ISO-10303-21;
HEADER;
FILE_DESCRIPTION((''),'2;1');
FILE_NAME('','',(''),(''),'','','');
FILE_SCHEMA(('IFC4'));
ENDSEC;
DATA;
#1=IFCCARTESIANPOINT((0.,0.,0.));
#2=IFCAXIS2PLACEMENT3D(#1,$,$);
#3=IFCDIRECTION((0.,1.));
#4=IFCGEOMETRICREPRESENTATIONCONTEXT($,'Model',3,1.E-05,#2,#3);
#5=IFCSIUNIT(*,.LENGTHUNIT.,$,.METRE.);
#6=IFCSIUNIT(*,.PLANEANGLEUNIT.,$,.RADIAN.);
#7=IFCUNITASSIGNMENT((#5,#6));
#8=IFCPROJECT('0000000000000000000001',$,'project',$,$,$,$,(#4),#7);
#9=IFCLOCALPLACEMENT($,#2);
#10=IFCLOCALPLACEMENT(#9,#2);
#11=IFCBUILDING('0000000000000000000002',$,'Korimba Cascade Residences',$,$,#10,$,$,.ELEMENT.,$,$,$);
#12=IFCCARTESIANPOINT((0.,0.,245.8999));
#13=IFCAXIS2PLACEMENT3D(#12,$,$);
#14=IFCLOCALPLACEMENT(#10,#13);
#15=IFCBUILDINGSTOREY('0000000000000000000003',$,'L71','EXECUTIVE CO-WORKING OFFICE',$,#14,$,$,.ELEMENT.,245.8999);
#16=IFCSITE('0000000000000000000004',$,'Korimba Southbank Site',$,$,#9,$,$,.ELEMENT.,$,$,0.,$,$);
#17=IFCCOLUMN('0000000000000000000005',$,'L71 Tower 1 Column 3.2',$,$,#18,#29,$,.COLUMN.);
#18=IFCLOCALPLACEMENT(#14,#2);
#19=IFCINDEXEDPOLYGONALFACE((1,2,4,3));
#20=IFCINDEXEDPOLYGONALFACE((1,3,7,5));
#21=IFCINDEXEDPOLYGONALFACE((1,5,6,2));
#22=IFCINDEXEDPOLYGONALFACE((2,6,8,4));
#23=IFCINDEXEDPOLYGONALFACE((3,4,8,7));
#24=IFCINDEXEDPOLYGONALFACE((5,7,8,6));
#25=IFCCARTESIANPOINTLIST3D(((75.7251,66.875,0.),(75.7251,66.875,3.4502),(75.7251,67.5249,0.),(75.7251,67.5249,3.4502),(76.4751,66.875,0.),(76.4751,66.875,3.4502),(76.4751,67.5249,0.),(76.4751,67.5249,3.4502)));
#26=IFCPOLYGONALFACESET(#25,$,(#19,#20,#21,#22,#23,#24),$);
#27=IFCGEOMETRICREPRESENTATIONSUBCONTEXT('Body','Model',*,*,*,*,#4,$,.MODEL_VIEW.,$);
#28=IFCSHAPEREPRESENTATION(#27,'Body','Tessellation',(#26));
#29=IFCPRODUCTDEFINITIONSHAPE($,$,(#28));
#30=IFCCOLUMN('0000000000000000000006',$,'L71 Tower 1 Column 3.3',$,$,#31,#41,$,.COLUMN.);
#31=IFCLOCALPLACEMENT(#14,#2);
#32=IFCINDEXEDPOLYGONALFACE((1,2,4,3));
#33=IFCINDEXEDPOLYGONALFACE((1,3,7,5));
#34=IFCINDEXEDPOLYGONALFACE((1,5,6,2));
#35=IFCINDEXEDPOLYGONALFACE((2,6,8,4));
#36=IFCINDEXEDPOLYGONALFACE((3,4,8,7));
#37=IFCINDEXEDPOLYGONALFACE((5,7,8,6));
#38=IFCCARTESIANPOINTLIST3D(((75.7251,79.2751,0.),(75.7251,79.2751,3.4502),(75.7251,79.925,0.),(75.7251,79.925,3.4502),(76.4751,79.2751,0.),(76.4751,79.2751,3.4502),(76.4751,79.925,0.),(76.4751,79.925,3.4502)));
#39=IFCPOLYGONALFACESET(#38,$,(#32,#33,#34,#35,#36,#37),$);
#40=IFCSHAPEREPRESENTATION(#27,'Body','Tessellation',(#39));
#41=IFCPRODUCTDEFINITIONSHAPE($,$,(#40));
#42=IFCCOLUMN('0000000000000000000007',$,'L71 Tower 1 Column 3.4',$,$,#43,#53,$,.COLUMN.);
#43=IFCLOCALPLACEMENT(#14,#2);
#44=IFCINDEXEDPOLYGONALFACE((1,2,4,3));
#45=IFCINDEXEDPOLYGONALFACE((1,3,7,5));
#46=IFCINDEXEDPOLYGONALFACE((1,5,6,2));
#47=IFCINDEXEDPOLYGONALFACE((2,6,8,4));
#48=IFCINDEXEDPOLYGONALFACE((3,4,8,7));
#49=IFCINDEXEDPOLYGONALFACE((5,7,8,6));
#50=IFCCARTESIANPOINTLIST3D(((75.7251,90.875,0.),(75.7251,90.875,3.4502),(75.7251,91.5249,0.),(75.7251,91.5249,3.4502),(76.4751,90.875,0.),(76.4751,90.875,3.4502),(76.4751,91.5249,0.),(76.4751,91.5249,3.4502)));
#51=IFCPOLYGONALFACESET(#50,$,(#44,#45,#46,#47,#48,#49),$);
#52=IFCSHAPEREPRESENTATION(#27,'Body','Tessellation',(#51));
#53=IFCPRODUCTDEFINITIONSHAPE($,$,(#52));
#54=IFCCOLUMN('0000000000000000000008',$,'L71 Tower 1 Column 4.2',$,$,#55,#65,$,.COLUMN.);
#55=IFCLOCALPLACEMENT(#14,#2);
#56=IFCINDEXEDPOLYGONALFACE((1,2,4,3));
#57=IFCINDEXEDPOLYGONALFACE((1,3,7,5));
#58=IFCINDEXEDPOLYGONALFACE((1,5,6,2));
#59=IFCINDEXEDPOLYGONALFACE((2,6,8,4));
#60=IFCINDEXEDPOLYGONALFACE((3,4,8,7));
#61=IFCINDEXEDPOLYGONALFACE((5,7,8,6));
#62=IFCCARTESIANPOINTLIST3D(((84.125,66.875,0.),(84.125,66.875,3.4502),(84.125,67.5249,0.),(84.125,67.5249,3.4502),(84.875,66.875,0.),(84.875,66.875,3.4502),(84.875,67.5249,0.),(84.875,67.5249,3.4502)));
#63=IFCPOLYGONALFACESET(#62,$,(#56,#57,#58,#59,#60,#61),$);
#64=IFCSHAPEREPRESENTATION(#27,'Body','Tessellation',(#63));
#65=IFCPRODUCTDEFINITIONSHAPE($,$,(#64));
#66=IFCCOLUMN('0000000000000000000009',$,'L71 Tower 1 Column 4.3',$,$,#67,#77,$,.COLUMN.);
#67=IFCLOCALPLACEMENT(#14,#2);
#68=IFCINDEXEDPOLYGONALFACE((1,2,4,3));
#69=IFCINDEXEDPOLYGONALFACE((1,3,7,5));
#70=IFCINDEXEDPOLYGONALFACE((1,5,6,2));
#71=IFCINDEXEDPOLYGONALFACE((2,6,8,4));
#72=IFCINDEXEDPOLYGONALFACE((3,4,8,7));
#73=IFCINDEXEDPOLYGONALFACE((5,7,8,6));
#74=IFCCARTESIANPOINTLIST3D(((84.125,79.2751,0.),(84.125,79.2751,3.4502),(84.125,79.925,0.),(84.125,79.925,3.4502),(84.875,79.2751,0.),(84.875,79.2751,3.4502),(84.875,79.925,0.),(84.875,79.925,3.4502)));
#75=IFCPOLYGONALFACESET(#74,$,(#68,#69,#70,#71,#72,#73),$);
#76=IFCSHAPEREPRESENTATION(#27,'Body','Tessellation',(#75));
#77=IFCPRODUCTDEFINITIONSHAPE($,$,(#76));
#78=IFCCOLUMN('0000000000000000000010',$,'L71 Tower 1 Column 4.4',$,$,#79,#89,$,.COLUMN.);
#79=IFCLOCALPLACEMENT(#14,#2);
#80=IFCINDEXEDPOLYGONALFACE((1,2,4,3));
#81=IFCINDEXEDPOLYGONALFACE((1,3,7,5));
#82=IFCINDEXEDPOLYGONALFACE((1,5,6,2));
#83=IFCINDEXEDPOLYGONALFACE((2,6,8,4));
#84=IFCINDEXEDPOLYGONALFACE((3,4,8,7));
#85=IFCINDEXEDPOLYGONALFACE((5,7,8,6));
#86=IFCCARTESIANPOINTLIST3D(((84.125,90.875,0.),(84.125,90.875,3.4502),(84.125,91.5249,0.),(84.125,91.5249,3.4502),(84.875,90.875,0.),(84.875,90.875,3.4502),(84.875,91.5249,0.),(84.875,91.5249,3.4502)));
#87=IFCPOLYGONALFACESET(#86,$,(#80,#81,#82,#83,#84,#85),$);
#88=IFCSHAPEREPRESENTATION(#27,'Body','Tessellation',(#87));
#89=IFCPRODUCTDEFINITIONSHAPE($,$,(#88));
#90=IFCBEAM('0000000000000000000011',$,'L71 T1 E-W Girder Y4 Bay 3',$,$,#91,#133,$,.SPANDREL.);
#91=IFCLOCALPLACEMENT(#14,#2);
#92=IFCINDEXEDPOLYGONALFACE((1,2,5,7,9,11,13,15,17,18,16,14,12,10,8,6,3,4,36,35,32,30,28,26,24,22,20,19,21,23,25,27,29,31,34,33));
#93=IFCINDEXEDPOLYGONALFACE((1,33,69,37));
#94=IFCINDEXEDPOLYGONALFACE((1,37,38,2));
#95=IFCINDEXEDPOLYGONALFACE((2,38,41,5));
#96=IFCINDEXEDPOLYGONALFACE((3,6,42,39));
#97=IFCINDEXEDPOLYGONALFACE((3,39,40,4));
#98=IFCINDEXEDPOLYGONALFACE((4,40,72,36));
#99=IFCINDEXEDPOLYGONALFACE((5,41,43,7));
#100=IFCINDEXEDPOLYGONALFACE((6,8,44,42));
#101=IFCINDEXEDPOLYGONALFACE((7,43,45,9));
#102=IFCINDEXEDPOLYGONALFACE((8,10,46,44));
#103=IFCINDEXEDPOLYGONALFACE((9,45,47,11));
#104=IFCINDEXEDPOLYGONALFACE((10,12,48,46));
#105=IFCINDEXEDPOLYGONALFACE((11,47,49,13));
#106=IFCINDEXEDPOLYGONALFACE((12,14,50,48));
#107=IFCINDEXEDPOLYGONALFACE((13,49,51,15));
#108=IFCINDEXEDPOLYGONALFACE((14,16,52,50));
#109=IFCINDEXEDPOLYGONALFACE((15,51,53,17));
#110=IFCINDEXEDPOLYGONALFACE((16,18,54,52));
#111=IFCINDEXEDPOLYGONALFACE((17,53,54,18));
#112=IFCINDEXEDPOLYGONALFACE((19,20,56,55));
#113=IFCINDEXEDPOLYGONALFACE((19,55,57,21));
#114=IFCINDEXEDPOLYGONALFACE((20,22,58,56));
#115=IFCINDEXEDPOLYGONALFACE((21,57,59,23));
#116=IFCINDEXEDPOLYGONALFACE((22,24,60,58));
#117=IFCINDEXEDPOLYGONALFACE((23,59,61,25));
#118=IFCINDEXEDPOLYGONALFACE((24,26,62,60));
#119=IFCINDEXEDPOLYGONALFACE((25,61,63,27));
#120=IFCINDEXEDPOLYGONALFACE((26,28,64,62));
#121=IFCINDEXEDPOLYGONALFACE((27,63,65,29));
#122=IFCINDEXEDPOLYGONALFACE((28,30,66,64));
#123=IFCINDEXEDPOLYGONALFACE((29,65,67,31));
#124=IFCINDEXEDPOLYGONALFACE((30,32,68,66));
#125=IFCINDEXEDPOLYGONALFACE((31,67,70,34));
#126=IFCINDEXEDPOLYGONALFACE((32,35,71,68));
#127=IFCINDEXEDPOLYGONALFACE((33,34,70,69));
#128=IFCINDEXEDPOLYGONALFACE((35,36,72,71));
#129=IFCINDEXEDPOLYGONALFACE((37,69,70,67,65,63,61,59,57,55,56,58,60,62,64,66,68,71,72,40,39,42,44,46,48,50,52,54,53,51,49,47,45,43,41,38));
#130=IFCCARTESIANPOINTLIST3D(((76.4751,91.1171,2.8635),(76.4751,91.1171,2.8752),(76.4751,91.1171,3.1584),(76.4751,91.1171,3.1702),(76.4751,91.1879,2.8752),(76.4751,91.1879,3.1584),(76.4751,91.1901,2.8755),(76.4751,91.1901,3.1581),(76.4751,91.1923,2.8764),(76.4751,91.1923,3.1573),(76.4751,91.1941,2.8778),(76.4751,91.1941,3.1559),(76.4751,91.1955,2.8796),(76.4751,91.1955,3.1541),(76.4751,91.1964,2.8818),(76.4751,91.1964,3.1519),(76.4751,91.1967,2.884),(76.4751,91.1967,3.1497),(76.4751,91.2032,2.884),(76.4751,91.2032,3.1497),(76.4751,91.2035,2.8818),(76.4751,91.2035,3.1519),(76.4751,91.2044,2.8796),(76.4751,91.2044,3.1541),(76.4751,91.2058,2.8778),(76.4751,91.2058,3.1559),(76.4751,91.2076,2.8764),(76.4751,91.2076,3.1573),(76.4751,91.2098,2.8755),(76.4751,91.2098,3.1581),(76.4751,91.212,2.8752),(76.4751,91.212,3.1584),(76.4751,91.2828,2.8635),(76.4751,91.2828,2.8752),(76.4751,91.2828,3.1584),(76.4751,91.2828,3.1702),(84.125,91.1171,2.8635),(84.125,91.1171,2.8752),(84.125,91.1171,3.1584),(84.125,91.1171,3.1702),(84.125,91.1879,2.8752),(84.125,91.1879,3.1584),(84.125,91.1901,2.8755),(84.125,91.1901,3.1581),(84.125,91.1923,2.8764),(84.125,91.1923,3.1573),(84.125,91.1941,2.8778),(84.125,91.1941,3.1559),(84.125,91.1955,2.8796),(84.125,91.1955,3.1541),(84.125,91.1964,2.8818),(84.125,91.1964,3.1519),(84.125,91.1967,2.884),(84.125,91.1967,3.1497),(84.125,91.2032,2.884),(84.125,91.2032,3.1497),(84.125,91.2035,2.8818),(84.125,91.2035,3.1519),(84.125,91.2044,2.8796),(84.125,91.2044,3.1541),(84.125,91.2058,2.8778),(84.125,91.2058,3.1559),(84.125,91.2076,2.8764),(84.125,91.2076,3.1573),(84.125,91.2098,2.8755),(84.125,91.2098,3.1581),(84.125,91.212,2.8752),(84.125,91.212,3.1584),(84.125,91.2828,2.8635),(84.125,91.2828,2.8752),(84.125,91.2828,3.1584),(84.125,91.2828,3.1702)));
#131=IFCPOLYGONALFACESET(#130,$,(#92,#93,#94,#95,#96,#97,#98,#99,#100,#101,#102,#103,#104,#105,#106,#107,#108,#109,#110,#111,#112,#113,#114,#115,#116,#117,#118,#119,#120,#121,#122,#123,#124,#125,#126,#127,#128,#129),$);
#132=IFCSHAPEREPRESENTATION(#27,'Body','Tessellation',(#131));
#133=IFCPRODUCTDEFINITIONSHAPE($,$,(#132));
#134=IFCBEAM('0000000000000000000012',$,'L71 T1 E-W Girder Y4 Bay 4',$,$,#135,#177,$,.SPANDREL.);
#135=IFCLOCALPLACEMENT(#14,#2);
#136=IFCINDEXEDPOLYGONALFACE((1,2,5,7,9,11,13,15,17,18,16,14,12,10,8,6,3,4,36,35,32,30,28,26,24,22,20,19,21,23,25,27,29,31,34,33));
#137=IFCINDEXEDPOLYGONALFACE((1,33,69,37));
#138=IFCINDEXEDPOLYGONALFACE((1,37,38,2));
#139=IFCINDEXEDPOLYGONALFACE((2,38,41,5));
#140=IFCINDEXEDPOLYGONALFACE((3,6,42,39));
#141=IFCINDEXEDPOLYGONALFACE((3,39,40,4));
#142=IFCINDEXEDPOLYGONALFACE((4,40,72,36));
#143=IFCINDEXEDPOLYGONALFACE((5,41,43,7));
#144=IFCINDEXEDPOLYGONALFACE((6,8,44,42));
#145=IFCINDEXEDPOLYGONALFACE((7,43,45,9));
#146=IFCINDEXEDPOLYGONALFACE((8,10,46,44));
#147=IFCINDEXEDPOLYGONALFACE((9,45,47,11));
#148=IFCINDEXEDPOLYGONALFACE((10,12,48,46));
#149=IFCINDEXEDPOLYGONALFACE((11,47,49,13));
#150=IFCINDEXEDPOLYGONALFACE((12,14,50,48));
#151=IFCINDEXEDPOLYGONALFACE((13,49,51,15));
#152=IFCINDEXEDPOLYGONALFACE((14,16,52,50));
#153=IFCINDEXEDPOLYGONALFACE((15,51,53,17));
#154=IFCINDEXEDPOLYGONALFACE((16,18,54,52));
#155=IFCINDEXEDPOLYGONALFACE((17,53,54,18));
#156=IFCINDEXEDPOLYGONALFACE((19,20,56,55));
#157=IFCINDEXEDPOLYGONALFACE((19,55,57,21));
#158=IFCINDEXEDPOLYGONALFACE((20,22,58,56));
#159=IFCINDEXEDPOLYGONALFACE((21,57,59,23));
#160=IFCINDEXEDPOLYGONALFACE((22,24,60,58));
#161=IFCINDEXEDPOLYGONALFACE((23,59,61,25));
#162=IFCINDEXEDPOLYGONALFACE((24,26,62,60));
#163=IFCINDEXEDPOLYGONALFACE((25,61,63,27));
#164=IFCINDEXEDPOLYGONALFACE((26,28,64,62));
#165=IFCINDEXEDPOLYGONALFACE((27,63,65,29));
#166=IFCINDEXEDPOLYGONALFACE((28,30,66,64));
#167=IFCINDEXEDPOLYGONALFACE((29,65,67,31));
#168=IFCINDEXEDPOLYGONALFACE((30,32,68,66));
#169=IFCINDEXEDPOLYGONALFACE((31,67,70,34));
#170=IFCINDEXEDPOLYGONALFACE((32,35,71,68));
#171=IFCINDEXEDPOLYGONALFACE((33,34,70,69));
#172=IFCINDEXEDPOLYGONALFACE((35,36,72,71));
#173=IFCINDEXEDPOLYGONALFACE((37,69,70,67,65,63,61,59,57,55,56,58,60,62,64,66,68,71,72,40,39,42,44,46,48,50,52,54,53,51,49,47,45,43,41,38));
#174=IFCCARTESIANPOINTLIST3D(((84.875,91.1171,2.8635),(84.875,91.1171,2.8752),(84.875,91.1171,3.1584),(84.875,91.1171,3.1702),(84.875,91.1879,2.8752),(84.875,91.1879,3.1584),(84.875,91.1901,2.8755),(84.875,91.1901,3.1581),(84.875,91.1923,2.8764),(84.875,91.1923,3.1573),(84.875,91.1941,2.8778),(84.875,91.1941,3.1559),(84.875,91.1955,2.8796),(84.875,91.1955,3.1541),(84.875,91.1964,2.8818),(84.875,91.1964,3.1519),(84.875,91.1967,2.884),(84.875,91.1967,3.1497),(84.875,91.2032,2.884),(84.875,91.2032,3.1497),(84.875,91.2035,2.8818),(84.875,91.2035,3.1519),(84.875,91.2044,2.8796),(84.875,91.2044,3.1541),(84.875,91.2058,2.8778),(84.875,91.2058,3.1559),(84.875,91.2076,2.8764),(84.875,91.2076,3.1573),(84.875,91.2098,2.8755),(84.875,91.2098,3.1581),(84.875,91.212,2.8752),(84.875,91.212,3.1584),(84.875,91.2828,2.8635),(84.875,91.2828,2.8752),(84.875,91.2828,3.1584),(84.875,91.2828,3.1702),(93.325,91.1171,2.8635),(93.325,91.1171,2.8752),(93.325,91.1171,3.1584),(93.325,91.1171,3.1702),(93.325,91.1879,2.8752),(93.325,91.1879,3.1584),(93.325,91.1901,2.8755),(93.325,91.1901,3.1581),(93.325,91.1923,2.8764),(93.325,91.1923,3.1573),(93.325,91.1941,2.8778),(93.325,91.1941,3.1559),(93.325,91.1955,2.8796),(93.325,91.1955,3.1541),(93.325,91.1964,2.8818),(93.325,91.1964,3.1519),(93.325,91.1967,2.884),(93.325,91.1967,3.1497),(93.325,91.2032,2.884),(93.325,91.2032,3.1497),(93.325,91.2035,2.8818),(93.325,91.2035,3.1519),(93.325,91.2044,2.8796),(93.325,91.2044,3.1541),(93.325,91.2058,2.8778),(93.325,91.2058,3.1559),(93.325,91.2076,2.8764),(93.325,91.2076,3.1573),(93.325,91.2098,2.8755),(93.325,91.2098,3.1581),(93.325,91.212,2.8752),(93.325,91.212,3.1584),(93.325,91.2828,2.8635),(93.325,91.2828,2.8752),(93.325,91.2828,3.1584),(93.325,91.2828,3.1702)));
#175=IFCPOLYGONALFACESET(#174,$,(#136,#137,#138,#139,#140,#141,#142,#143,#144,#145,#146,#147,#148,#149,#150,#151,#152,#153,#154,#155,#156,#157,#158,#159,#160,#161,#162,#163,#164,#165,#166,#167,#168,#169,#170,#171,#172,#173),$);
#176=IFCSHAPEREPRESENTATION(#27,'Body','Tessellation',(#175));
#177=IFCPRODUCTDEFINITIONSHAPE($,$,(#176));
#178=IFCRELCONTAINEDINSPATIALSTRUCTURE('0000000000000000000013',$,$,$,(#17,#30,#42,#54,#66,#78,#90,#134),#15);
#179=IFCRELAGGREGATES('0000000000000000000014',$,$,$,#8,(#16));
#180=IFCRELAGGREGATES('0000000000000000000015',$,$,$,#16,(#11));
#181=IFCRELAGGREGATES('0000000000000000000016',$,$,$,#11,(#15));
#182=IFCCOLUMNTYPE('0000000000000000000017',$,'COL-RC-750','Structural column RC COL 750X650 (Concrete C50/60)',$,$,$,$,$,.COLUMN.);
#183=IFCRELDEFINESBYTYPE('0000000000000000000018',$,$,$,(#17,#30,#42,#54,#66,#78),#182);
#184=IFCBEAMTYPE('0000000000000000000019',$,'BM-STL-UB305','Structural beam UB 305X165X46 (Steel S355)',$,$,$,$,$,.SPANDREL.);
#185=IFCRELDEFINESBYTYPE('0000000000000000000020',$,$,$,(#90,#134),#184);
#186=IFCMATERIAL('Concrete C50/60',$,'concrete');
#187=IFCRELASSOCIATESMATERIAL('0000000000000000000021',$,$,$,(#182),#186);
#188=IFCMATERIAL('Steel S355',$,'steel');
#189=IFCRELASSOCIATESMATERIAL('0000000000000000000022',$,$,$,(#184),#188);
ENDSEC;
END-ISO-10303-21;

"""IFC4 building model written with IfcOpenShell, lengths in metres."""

from ifc_helpers import new_model, si_unit, direction, frame, origin, origin_2d, place, context, subcontext, project, spatial, rectangle, i_section, extrude, material, material_profile, profile_set, type_object, element, save


model = new_model("IFC4")

# Units and contexts
model_context = context("Model", 3, precision=1e-05, world=origin(), true_north=direction((0.0, 1.0)))
body_context = subcontext(model_context, "Body", "Model", "MODEL_VIEW")
ifc_project = project(units=[si_unit("LENGTHUNIT", "METRE"), si_unit("PLANEANGLEUNIT", "RADIAN")], contexts=[model_context])

# Site, building, storey
site_placement = place(None, origin())
site = spatial("IfcSite", under=ifc_project, at=site_placement, Name="Korimba Southbank Site", CompositionType="ELEMENT", RefElevation=0.0)
building_placement = place(site_placement, origin())
building = spatial("IfcBuilding", under=site, at=building_placement, Name="Korimba Cascade Residences", CompositionType="ELEMENT")
storey_placement = place(building_placement, frame((0.0, 0.0, 245.8999)))
storey = spatial("IfcBuildingStorey", under=building, at=storey_placement, Name="L71", Description="EXECUTIVE CO-WORKING OFFICE", CompositionType="ELEMENT", Elevation=245.8999)

# Columns
ifc_material_1 = material(Name="Concrete C50/60", Category="concrete")
ifc_material_profile_1 = material_profile(ifc_material_1, rectangle(XDim=0.75, YDim=0.6499, at=origin_2d()), Name="Concrete C50/60")
ifc_profile_set_1 = profile_set([ifc_material_profile_1], Name="Concrete C50/60")
column_type = type_object("IfcColumnType", Name="COL-RC-750", Description="Structural column RC COL 750X650 (Concrete C50/60)", PredefinedType="COLUMN", material=ifc_profile_set_1)
for number, where, z_axis, x_axis, name in (
    (1, (76.1001, 67.2, 0.0), (0.0, 0.0, 1.0), (1.0, 0.0, 0.0), "L71 Tower 1 Column 3.2"),
    (2, (76.1001, 79.6001, 0.0), (0.0, 0.0, 1.0), (1.0, 0.0, 0.0), "L71 Tower 1 Column 3.3"),
    (3, (76.1001, 91.2, 0.0), (0.0, 0.0, 1.0), (1.0, 0.0, 0.0), "L71 Tower 1 Column 3.4"),
    (4, (84.5, 67.2, 0.0), (0.0, 0.0, 1.0), (1.0, 0.0, 0.0), "L71 Tower 1 Column 4.2"),
    (5, (84.5, 79.6001, 0.0), (0.0, 0.0, 1.0), (1.0, 0.0, 0.0), "L71 Tower 1 Column 4.3"),
    (6, (84.5, 91.2, 0.0), (0.0, 0.0, 1.0), (1.0, 0.0, 0.0), "L71 Tower 1 Column 4.4"),
):
    element("IfcColumn", number, at=place(storey_placement, frame(where, z_axis=z_axis, x_axis=x_axis)), inside=storey, type_object=column_type, Name=name, PredefinedType="COLUMN", context=body_context, shape_type="SweptSolid", body=[
        extrude(rectangle(XDim=0.75, YDim=0.6499, at=origin_2d()), origin(), (0.0, 0.0, 1.0), 3.4502),
    ])

# Beams
ifc_material_2 = material(Name="Steel S355", Category="steel")
ifc_material_profile_2 = material_profile(ifc_material_2, i_section(OverallWidth=0.1658, OverallDepth=0.3066, WebThickness=0.0066, FlangeThickness=0.0117, FilletRadius=0.0088, at=origin_2d()), Name="Steel S355")
ifc_profile_set_2 = profile_set([ifc_material_profile_2], Name="Steel S355")
beam_type_1 = type_object("IfcBeamType", Name="BM-STL-UB305", Description="Structural beam UB 305X165X46 (Steel S355)", PredefinedType="SPANDREL", material=ifc_profile_set_2)
beam_1_placement = place(storey_placement, frame((76.4751, 91.2, 3.0168), z_axis=(1.0, 0.0, 0.0), x_axis=(0.0, 1.0, 0.0)))
element("IfcBeam", 7, at=beam_1_placement, inside=storey, type_object=beam_type_1, Name="L71 T1 E-W Girder Y4 Bay 3", PredefinedType="SPANDREL", context=body_context, shape_type="SweptSolid", body=[
    extrude(i_section(OverallWidth=0.1658, OverallDepth=0.3066, WebThickness=0.0066, FlangeThickness=0.0117, FilletRadius=0.0088, at=origin_2d()), origin(), (0.0, 0.0, 1.0), 7.6499),
])
beam_2_placement = place(storey_placement, frame((84.875, 91.2, 3.0168), z_axis=(1.0, 0.0, 0.0), x_axis=(0.0, 1.0, 0.0)))
element("IfcBeam", 8, at=beam_2_placement, inside=storey, type_object=beam_type_1, Name="L71 T1 E-W Girder Y4 Bay 4", PredefinedType="SPANDREL", context=body_context, shape_type="SweptSolid", body=[
    extrude(i_section(OverallWidth=0.1658, OverallDepth=0.3066, WebThickness=0.0066, FlangeThickness=0.0117, FilletRadius=0.0088, at=origin_2d()), origin(), (0.0, 0.0, 1.0), 8.45),
])

save(model, "model.ifc")
